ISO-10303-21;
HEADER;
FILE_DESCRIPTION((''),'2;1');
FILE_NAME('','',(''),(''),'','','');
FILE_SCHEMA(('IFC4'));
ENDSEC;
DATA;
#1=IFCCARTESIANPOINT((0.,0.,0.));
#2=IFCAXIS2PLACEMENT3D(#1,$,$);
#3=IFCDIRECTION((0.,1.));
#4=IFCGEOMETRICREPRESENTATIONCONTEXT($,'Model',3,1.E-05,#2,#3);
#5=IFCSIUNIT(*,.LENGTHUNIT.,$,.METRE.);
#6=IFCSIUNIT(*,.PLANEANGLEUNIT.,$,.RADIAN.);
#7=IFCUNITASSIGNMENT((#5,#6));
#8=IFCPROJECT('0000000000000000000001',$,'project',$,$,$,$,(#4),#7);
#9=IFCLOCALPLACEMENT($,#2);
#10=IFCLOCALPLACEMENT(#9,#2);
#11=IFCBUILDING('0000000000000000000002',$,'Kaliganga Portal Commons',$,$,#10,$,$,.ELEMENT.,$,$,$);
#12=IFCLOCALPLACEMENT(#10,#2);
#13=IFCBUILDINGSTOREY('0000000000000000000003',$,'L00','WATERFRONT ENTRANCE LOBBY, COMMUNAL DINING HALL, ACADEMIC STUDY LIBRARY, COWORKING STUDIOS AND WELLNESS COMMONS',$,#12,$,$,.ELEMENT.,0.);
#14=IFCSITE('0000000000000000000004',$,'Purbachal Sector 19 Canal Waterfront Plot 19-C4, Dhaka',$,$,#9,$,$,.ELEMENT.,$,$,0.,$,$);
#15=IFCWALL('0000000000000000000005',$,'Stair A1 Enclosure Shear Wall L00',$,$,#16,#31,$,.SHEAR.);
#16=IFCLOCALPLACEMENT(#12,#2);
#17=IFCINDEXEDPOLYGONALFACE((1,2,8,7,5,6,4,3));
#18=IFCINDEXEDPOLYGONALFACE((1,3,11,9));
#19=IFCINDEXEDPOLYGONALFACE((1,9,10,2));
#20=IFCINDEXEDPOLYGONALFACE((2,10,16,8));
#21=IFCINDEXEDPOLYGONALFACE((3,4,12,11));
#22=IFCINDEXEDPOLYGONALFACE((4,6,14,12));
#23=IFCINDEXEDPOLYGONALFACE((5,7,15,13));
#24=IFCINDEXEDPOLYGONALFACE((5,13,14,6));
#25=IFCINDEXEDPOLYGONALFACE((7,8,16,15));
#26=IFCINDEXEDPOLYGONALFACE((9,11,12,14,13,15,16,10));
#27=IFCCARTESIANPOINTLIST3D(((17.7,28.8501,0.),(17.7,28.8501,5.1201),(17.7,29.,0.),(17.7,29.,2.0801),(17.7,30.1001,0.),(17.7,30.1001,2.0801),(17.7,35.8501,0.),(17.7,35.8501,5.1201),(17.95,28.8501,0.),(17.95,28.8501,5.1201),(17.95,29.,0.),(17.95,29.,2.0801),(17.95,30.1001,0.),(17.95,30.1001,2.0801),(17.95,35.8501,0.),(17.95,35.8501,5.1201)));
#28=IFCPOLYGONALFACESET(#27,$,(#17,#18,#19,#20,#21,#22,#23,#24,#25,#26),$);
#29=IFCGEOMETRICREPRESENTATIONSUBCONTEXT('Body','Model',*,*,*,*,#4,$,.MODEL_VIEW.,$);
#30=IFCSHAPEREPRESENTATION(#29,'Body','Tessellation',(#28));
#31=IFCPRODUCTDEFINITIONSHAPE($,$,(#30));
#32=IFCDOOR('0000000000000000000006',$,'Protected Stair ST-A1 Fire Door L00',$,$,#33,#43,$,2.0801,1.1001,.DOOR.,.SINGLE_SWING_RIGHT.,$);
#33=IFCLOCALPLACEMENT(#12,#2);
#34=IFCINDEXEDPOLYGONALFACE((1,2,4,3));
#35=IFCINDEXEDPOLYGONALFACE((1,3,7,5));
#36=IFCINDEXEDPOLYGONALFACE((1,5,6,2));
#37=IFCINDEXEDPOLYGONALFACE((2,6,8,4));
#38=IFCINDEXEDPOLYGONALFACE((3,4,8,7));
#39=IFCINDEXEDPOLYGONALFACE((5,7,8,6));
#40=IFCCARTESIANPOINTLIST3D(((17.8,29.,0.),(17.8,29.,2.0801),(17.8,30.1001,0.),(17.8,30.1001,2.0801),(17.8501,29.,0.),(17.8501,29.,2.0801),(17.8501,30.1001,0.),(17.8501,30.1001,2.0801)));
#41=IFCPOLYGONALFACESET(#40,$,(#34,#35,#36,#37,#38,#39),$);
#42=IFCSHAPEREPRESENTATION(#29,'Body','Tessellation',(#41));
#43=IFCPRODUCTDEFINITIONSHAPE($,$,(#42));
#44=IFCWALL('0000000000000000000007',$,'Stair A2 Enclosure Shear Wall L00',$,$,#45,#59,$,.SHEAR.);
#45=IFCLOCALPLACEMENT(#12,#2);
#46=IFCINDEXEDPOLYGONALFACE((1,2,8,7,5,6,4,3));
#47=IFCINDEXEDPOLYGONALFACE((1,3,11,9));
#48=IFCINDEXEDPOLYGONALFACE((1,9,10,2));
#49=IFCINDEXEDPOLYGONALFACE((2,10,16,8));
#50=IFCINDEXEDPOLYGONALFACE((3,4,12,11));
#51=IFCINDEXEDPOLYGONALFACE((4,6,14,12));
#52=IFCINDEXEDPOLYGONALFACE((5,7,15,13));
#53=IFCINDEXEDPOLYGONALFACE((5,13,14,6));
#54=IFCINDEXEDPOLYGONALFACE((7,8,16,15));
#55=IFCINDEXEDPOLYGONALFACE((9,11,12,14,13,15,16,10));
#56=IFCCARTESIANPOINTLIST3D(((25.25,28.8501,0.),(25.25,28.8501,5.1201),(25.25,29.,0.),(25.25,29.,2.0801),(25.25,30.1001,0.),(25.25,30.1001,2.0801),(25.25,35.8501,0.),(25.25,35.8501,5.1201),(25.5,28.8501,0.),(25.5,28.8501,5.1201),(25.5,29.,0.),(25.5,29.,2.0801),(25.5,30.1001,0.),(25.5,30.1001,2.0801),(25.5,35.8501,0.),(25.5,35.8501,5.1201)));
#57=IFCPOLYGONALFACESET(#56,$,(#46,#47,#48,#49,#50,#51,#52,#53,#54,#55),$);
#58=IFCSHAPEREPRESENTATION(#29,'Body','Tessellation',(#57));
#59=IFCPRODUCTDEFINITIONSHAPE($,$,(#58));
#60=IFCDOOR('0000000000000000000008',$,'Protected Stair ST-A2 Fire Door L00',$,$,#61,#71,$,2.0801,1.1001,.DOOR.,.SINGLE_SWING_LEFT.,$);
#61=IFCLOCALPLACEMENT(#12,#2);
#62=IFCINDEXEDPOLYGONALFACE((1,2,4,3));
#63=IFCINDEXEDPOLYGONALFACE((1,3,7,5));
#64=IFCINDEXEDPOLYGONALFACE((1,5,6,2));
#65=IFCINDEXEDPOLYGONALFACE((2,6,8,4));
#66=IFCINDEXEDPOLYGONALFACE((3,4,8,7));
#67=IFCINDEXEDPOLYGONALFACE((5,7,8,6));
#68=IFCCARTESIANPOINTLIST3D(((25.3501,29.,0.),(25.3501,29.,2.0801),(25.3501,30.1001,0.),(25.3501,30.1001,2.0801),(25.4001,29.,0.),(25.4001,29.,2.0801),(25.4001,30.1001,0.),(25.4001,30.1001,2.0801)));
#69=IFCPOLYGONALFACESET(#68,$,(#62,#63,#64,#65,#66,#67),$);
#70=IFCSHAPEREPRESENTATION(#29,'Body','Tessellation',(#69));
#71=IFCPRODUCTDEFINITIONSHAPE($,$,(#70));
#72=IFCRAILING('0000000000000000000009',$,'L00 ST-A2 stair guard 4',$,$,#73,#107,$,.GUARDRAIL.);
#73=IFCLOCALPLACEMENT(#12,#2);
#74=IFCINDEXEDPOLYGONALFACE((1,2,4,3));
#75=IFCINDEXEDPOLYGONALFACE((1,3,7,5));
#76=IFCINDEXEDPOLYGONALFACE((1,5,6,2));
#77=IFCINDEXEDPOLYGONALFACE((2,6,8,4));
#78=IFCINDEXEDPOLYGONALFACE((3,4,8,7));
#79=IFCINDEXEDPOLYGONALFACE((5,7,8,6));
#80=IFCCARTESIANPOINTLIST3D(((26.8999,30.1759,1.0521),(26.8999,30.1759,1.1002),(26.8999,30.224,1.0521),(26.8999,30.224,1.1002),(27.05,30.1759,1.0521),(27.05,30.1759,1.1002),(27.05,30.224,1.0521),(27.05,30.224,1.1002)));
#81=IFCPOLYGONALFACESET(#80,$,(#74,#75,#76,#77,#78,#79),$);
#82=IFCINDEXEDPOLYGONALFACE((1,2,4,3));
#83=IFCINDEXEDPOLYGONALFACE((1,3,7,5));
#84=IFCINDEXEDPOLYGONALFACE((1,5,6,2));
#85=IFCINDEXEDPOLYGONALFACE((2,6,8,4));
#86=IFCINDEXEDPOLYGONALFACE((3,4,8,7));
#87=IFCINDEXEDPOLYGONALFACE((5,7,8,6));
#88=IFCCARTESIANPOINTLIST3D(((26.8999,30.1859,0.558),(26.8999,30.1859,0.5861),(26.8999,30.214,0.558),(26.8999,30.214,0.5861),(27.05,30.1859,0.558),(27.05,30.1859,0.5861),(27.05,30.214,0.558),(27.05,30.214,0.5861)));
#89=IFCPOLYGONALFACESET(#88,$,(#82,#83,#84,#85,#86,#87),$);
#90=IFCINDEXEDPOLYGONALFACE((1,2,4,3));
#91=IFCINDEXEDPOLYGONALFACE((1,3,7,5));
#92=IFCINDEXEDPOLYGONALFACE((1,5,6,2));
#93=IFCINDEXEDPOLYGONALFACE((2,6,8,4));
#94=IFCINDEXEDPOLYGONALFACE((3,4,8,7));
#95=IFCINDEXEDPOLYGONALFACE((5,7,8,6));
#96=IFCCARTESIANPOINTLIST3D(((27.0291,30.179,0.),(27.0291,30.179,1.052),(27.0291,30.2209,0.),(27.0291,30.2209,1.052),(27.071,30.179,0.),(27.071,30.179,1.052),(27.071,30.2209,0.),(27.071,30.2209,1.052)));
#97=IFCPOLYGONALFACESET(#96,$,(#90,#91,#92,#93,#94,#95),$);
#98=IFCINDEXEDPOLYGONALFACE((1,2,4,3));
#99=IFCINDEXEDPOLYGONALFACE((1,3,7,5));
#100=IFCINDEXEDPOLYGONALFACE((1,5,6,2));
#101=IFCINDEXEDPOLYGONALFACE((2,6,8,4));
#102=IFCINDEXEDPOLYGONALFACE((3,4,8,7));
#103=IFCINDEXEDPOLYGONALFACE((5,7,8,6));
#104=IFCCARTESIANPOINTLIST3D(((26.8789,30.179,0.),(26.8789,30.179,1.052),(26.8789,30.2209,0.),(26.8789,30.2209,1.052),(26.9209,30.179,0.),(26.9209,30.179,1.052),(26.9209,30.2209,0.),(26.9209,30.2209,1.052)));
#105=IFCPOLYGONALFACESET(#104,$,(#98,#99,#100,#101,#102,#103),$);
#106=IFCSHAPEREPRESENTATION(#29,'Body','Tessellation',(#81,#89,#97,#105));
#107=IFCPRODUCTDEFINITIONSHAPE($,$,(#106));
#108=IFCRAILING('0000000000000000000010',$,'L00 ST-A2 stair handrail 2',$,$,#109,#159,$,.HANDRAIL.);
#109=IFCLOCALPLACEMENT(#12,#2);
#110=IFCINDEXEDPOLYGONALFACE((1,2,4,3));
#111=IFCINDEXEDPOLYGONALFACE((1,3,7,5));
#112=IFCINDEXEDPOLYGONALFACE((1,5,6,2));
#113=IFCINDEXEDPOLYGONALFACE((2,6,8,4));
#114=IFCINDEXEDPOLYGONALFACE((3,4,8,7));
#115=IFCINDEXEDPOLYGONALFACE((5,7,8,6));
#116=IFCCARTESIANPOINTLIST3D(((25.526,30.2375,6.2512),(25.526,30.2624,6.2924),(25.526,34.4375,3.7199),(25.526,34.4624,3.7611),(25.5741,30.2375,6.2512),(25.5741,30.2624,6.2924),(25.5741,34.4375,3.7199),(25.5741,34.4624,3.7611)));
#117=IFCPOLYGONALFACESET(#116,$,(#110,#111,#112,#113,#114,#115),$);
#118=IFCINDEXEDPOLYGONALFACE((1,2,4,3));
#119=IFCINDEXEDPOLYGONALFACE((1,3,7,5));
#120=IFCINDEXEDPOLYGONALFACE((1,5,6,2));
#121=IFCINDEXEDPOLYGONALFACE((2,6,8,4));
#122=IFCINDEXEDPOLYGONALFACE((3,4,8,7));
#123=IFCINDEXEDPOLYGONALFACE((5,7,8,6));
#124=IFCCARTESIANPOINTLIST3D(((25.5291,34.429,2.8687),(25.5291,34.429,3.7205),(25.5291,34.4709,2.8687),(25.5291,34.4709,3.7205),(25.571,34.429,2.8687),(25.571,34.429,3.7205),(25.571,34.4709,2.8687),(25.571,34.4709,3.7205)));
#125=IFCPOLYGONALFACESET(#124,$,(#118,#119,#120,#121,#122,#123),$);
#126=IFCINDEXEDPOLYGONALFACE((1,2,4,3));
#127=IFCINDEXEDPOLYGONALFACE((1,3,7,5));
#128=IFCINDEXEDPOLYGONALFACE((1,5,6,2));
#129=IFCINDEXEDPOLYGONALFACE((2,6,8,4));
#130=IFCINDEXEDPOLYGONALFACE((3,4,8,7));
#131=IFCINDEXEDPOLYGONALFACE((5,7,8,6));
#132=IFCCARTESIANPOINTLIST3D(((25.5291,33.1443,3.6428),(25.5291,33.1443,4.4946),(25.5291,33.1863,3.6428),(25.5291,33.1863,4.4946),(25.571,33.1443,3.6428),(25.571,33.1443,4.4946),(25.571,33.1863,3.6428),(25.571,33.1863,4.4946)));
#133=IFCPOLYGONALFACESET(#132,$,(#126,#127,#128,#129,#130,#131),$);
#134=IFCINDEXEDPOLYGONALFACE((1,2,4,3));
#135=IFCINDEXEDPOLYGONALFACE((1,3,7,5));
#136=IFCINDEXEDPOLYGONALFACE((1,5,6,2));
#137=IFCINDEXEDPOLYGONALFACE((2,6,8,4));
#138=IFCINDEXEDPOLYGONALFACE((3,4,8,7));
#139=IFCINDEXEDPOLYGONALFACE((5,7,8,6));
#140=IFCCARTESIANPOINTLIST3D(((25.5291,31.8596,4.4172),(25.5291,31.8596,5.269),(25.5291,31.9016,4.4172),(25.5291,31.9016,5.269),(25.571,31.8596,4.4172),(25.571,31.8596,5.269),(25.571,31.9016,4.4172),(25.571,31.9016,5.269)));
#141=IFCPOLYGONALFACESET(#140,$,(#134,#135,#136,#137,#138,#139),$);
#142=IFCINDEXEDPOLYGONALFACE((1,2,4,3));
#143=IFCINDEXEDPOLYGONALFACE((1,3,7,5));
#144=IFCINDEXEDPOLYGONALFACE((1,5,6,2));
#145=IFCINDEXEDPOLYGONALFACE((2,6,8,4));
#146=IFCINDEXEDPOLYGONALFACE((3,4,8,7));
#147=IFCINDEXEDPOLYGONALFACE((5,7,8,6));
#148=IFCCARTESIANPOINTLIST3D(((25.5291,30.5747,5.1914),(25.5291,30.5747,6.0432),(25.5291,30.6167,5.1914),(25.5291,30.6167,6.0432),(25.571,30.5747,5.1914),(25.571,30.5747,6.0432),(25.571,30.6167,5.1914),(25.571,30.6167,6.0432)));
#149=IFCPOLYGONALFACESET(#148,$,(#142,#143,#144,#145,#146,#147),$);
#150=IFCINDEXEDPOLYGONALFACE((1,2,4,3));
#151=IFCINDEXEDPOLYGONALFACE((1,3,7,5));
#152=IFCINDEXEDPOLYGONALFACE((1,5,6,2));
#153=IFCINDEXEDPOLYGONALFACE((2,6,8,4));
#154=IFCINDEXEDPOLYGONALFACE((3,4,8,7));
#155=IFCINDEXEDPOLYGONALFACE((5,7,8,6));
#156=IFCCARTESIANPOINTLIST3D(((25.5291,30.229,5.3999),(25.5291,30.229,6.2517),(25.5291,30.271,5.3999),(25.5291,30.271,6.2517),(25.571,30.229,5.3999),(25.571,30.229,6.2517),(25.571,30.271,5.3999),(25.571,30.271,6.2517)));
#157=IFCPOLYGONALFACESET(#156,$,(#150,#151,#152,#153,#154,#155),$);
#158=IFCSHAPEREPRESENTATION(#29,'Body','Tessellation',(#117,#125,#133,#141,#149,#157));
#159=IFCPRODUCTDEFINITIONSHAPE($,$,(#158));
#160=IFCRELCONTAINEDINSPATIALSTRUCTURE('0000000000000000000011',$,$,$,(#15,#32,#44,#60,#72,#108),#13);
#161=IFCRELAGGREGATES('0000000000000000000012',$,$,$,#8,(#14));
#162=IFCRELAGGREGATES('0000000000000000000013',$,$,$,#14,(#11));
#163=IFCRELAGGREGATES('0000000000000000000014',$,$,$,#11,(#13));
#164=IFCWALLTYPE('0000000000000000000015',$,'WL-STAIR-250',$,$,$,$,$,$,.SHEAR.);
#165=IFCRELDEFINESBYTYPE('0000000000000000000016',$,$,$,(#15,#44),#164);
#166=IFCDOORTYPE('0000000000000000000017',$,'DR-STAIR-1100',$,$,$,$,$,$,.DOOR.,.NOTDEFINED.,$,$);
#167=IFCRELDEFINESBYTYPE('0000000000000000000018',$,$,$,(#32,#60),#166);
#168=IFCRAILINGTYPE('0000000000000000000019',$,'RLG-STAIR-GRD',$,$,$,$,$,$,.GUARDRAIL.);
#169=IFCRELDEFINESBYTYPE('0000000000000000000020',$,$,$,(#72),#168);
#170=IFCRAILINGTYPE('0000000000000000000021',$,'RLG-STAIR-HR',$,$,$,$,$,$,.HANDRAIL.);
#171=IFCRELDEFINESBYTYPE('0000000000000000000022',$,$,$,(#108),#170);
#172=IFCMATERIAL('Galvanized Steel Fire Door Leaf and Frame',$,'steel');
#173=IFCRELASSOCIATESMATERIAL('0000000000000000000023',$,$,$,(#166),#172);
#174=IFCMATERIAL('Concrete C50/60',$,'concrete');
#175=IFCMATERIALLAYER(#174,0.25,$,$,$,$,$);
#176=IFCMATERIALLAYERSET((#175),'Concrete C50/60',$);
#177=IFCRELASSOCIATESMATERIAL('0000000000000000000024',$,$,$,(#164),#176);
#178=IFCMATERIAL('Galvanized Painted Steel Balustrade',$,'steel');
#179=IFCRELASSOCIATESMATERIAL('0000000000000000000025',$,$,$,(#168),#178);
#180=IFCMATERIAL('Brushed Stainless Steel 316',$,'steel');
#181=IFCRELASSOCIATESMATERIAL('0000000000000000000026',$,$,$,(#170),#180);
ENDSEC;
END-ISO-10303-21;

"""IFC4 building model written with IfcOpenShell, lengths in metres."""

from ifc_helpers import new_model, si_unit, direction, frame, frame_2d, origin, origin_2d, place, context, subcontext, project, spatial, rectangle, extrude, material, layer, layer_set, type_object, element, fill, save


model = new_model("IFC4")

# Units and contexts
model_context = context("Model", 3, precision=1e-05, world=origin(), true_north=direction((0.0, 1.0)))
body_context = subcontext(model_context, "Body", "Model", "MODEL_VIEW")
ifc_project = project(units=[si_unit("LENGTHUNIT", "METRE"), si_unit("PLANEANGLEUNIT", "RADIAN")], contexts=[model_context])

# Site, building, storey
site_placement = place(None, origin())
site = spatial("IfcSite", under=ifc_project, at=site_placement, Name="Purbachal Sector 19 Canal Waterfront Plot 19-C4, Dhaka", CompositionType="ELEMENT", RefElevation=0.0)
building_placement = place(site_placement, origin())
building = spatial("IfcBuilding", under=site, at=building_placement, Name="Kaliganga Portal Commons", CompositionType="ELEMENT")
storey_placement = place(building_placement, origin())
storey = spatial("IfcBuildingStorey", under=building, at=storey_placement, Name="L00", Description="WATERFRONT ENTRANCE LOBBY, COMMUNAL DINING HALL, ACADEMIC STUDY LIBRARY, COWORKING STUDIOS AND WELLNESS COMMONS", CompositionType="ELEMENT", Elevation=0.0)

# Shared definitions
ifc_material_1 = material(Name="Galvanized Steel Fire Door Leaf and Frame", Category="steel")
door_type_1 = type_object("IfcDoorType", Name="DR-STAIR-1100", OperationType="NOTDEFINED", PredefinedType="DOOR", material=ifc_material_1)

# Walls, openings, doors
ifc_material_2 = material(Name="Concrete C50/60", Category="concrete")
ifc_layer_1 = layer(ifc_material_2, 0.25)
ifc_layer_set_1 = layer_set([ifc_layer_1], Name="Concrete C50/60")
wall_type_1 = type_object("IfcWallType", Name="WL-STAIR-250", PredefinedType="SHEAR", material=ifc_layer_set_1)
wall_1_placement = place(storey_placement, frame((17.825, 28.8501, 0.0), z_axis=(0.0, 0.0, 1.0), x_axis=(0.0, 1.0, 0.0)))
wall_1 = element("IfcWall", 1, at=wall_1_placement, inside=storey, type_object=wall_type_1, Name="Stair A1 Enclosure Shear Wall L00", PredefinedType="SHEAR", context=body_context, shape_type="SweptSolid", body=[
    extrude(rectangle(XDim=7.0, YDim=0.25, at=frame_2d((3.5, 0.0))), origin(), (0.0, 0.0, 1.0), 5.1201),
])
opening_1_placement = place(wall_1_placement, frame((0.1499, 0.0, 0.0)))
opening_1 = element("IfcOpeningElement", 2, at=opening_1_placement, cuts=wall_1, PredefinedType="OPENING", context=body_context, shape_type="SweptSolid", body=[
    extrude(rectangle(XDim=1.1001, YDim=2.0801, at=frame_2d((0.55, 1.04))), frame((0.0, 0.135, 0.0), z_axis=(0.0, -1.0, 0.0), x_axis=(1.0, 0.0, 0.0)), (0.0, 0.0, 1.0), 0.27),
])
door_1_placement = place(opening_1_placement, origin())
door_1 = element("IfcDoor", 3, at=door_1_placement, inside=storey, type_object=door_type_1, Name="Protected Stair ST-A1 Fire Door L00", OperationType="SINGLE_SWING_RIGHT", OverallHeight=2.0801, OverallWidth=1.1001, PredefinedType="DOOR", context=body_context, shape_type="SweptSolid", body=[
    extrude(rectangle(XDim=1.1001, YDim=2.0801, at=frame_2d((0.55, 1.04))), frame((0.0, 0.0249, 0.0), z_axis=(0.0, -1.0, 0.0), x_axis=(1.0, 0.0, 0.0)), (0.0, 0.0, 1.0), 0.05),
])
fill(opening_1, door_1)
wall_2_placement = place(storey_placement, frame((25.375, 28.8501, 0.0), z_axis=(0.0, 0.0, 1.0), x_axis=(0.0, 1.0, 0.0)))
wall_2 = element("IfcWall", 4, at=wall_2_placement, inside=storey, type_object=wall_type_1, Name="Stair A2 Enclosure Shear Wall L00", PredefinedType="SHEAR", context=body_context, shape_type="SweptSolid", body=[
    extrude(rectangle(XDim=7.0, YDim=0.25, at=frame_2d((3.5, 0.0))), origin(), (0.0, 0.0, 1.0), 5.1201),
])
opening_2_placement = place(wall_2_placement, frame((0.1499, 0.0, 0.0)))
opening_2 = element("IfcOpeningElement", 5, at=opening_2_placement, cuts=wall_2, PredefinedType="OPENING", context=body_context, shape_type="SweptSolid", body=[
    extrude(rectangle(XDim=1.1001, YDim=2.0801, at=frame_2d((0.55, 1.04))), frame((0.0, 0.135, 0.0), z_axis=(0.0, -1.0, 0.0), x_axis=(1.0, 0.0, 0.0)), (0.0, 0.0, 1.0), 0.27),
])
door_2_placement = place(opening_2_placement, origin())
door_2 = element("IfcDoor", 6, at=door_2_placement, inside=storey, type_object=door_type_1, Name="Protected Stair ST-A2 Fire Door L00", OperationType="SINGLE_SWING_LEFT", OverallHeight=2.0801, OverallWidth=1.1001, PredefinedType="DOOR", context=body_context, shape_type="SweptSolid", body=[
    extrude(rectangle(XDim=1.1001, YDim=2.0801, at=frame_2d((0.55, 1.04))), frame((0.0, 0.0249, 0.0), z_axis=(0.0, -1.0, 0.0), x_axis=(1.0, 0.0, 0.0)), (0.0, 0.0, 1.0), 0.05),
])
fill(opening_2, door_2)

# Railings
ifc_material_3 = material(Name="Galvanized Painted Steel Balustrade", Category="steel")
railing_type_1 = type_object("IfcRailingType", Name="RLG-STAIR-GRD", PredefinedType="GUARDRAIL", material=ifc_material_3)
railing_1_placement = place(storey_placement, frame((27.05, 30.2, 0.0)))
element("IfcRailing", 7, at=railing_1_placement, inside=storey, type_object=railing_type_1, Name="L00 ST-A2 stair guard 4", PredefinedType="GUARDRAIL", context=body_context, shape_type="SweptSolid", body=[
    extrude(rectangle(XDim=0.0481, YDim=0.0481, at=origin_2d()), frame((0.0, 0.0, 1.0762), z_axis=(-1.0, 0.0, 0.0), x_axis=(0.0, -1.0, 0.0)), (0.0, 0.0, 1.0), 0.1501),
    extrude(rectangle(XDim=0.0281, YDim=0.0281, at=origin_2d()), frame((0.0, 0.0, 0.572), z_axis=(-1.0, 0.0, 0.0), x_axis=(0.0, -1.0, 0.0)), (0.0, 0.0, 1.0), 0.1501),
    extrude(rectangle(XDim=0.042, YDim=0.042, at=origin_2d()), origin(), (0.0, 0.0, 1.0), 1.052),
    extrude(rectangle(XDim=0.042, YDim=0.042, at=origin_2d()), frame((-0.1501, 0.0, 0.0)), (0.0, 0.0, 1.0), 1.052),
])
ifc_material_4 = material(Name="Brushed Stainless Steel 316", Category="steel")
railing_type_2 = type_object("IfcRailingType", Name="RLG-STAIR-HR", PredefinedType="HANDRAIL", material=ifc_material_4)
railing_2_placement = place(storey_placement, frame((25.55, 34.45, 2.8687)))
element("IfcRailing", 8, at=railing_2_placement, inside=storey, type_object=railing_type_2, Name="L00 ST-A2 stair handrail 2", PredefinedType="HANDRAIL", context=body_context, shape_type="SweptSolid", body=[
    extrude(rectangle(XDim=0.0481, YDim=0.0481, at=origin_2d()), frame((0.0, 0.0, 0.8718), z_axis=(0.0, -0.856476, 0.516186), x_axis=(1.0, 0.0, 0.0)), (0.0, 0.0, 1.0), 4.9038),
    extrude(rectangle(XDim=0.042, YDim=0.042, at=origin_2d()), origin(), (0.0, 0.0, 1.0), 0.8518),
    extrude(rectangle(XDim=0.042, YDim=0.042, at=origin_2d()), frame((0.0, -1.2847, 0.7742)), (0.0, 0.0, 1.0), 0.8518),
    extrude(rectangle(XDim=0.042, YDim=0.042, at=origin_2d()), frame((0.0, -2.5693, 1.5486)), (0.0, 0.0, 1.0), 0.8518),
    extrude(rectangle(XDim=0.042, YDim=0.042, at=origin_2d()), frame((0.0, -3.8542, 2.3228)), (0.0, 0.0, 1.0), 0.8518),
    extrude(rectangle(XDim=0.042, YDim=0.042, at=origin_2d()), frame((0.0, -4.2, 2.5312)), (0.0, 0.0, 1.0), 0.8518),
])

save(model, "model.ifc")
